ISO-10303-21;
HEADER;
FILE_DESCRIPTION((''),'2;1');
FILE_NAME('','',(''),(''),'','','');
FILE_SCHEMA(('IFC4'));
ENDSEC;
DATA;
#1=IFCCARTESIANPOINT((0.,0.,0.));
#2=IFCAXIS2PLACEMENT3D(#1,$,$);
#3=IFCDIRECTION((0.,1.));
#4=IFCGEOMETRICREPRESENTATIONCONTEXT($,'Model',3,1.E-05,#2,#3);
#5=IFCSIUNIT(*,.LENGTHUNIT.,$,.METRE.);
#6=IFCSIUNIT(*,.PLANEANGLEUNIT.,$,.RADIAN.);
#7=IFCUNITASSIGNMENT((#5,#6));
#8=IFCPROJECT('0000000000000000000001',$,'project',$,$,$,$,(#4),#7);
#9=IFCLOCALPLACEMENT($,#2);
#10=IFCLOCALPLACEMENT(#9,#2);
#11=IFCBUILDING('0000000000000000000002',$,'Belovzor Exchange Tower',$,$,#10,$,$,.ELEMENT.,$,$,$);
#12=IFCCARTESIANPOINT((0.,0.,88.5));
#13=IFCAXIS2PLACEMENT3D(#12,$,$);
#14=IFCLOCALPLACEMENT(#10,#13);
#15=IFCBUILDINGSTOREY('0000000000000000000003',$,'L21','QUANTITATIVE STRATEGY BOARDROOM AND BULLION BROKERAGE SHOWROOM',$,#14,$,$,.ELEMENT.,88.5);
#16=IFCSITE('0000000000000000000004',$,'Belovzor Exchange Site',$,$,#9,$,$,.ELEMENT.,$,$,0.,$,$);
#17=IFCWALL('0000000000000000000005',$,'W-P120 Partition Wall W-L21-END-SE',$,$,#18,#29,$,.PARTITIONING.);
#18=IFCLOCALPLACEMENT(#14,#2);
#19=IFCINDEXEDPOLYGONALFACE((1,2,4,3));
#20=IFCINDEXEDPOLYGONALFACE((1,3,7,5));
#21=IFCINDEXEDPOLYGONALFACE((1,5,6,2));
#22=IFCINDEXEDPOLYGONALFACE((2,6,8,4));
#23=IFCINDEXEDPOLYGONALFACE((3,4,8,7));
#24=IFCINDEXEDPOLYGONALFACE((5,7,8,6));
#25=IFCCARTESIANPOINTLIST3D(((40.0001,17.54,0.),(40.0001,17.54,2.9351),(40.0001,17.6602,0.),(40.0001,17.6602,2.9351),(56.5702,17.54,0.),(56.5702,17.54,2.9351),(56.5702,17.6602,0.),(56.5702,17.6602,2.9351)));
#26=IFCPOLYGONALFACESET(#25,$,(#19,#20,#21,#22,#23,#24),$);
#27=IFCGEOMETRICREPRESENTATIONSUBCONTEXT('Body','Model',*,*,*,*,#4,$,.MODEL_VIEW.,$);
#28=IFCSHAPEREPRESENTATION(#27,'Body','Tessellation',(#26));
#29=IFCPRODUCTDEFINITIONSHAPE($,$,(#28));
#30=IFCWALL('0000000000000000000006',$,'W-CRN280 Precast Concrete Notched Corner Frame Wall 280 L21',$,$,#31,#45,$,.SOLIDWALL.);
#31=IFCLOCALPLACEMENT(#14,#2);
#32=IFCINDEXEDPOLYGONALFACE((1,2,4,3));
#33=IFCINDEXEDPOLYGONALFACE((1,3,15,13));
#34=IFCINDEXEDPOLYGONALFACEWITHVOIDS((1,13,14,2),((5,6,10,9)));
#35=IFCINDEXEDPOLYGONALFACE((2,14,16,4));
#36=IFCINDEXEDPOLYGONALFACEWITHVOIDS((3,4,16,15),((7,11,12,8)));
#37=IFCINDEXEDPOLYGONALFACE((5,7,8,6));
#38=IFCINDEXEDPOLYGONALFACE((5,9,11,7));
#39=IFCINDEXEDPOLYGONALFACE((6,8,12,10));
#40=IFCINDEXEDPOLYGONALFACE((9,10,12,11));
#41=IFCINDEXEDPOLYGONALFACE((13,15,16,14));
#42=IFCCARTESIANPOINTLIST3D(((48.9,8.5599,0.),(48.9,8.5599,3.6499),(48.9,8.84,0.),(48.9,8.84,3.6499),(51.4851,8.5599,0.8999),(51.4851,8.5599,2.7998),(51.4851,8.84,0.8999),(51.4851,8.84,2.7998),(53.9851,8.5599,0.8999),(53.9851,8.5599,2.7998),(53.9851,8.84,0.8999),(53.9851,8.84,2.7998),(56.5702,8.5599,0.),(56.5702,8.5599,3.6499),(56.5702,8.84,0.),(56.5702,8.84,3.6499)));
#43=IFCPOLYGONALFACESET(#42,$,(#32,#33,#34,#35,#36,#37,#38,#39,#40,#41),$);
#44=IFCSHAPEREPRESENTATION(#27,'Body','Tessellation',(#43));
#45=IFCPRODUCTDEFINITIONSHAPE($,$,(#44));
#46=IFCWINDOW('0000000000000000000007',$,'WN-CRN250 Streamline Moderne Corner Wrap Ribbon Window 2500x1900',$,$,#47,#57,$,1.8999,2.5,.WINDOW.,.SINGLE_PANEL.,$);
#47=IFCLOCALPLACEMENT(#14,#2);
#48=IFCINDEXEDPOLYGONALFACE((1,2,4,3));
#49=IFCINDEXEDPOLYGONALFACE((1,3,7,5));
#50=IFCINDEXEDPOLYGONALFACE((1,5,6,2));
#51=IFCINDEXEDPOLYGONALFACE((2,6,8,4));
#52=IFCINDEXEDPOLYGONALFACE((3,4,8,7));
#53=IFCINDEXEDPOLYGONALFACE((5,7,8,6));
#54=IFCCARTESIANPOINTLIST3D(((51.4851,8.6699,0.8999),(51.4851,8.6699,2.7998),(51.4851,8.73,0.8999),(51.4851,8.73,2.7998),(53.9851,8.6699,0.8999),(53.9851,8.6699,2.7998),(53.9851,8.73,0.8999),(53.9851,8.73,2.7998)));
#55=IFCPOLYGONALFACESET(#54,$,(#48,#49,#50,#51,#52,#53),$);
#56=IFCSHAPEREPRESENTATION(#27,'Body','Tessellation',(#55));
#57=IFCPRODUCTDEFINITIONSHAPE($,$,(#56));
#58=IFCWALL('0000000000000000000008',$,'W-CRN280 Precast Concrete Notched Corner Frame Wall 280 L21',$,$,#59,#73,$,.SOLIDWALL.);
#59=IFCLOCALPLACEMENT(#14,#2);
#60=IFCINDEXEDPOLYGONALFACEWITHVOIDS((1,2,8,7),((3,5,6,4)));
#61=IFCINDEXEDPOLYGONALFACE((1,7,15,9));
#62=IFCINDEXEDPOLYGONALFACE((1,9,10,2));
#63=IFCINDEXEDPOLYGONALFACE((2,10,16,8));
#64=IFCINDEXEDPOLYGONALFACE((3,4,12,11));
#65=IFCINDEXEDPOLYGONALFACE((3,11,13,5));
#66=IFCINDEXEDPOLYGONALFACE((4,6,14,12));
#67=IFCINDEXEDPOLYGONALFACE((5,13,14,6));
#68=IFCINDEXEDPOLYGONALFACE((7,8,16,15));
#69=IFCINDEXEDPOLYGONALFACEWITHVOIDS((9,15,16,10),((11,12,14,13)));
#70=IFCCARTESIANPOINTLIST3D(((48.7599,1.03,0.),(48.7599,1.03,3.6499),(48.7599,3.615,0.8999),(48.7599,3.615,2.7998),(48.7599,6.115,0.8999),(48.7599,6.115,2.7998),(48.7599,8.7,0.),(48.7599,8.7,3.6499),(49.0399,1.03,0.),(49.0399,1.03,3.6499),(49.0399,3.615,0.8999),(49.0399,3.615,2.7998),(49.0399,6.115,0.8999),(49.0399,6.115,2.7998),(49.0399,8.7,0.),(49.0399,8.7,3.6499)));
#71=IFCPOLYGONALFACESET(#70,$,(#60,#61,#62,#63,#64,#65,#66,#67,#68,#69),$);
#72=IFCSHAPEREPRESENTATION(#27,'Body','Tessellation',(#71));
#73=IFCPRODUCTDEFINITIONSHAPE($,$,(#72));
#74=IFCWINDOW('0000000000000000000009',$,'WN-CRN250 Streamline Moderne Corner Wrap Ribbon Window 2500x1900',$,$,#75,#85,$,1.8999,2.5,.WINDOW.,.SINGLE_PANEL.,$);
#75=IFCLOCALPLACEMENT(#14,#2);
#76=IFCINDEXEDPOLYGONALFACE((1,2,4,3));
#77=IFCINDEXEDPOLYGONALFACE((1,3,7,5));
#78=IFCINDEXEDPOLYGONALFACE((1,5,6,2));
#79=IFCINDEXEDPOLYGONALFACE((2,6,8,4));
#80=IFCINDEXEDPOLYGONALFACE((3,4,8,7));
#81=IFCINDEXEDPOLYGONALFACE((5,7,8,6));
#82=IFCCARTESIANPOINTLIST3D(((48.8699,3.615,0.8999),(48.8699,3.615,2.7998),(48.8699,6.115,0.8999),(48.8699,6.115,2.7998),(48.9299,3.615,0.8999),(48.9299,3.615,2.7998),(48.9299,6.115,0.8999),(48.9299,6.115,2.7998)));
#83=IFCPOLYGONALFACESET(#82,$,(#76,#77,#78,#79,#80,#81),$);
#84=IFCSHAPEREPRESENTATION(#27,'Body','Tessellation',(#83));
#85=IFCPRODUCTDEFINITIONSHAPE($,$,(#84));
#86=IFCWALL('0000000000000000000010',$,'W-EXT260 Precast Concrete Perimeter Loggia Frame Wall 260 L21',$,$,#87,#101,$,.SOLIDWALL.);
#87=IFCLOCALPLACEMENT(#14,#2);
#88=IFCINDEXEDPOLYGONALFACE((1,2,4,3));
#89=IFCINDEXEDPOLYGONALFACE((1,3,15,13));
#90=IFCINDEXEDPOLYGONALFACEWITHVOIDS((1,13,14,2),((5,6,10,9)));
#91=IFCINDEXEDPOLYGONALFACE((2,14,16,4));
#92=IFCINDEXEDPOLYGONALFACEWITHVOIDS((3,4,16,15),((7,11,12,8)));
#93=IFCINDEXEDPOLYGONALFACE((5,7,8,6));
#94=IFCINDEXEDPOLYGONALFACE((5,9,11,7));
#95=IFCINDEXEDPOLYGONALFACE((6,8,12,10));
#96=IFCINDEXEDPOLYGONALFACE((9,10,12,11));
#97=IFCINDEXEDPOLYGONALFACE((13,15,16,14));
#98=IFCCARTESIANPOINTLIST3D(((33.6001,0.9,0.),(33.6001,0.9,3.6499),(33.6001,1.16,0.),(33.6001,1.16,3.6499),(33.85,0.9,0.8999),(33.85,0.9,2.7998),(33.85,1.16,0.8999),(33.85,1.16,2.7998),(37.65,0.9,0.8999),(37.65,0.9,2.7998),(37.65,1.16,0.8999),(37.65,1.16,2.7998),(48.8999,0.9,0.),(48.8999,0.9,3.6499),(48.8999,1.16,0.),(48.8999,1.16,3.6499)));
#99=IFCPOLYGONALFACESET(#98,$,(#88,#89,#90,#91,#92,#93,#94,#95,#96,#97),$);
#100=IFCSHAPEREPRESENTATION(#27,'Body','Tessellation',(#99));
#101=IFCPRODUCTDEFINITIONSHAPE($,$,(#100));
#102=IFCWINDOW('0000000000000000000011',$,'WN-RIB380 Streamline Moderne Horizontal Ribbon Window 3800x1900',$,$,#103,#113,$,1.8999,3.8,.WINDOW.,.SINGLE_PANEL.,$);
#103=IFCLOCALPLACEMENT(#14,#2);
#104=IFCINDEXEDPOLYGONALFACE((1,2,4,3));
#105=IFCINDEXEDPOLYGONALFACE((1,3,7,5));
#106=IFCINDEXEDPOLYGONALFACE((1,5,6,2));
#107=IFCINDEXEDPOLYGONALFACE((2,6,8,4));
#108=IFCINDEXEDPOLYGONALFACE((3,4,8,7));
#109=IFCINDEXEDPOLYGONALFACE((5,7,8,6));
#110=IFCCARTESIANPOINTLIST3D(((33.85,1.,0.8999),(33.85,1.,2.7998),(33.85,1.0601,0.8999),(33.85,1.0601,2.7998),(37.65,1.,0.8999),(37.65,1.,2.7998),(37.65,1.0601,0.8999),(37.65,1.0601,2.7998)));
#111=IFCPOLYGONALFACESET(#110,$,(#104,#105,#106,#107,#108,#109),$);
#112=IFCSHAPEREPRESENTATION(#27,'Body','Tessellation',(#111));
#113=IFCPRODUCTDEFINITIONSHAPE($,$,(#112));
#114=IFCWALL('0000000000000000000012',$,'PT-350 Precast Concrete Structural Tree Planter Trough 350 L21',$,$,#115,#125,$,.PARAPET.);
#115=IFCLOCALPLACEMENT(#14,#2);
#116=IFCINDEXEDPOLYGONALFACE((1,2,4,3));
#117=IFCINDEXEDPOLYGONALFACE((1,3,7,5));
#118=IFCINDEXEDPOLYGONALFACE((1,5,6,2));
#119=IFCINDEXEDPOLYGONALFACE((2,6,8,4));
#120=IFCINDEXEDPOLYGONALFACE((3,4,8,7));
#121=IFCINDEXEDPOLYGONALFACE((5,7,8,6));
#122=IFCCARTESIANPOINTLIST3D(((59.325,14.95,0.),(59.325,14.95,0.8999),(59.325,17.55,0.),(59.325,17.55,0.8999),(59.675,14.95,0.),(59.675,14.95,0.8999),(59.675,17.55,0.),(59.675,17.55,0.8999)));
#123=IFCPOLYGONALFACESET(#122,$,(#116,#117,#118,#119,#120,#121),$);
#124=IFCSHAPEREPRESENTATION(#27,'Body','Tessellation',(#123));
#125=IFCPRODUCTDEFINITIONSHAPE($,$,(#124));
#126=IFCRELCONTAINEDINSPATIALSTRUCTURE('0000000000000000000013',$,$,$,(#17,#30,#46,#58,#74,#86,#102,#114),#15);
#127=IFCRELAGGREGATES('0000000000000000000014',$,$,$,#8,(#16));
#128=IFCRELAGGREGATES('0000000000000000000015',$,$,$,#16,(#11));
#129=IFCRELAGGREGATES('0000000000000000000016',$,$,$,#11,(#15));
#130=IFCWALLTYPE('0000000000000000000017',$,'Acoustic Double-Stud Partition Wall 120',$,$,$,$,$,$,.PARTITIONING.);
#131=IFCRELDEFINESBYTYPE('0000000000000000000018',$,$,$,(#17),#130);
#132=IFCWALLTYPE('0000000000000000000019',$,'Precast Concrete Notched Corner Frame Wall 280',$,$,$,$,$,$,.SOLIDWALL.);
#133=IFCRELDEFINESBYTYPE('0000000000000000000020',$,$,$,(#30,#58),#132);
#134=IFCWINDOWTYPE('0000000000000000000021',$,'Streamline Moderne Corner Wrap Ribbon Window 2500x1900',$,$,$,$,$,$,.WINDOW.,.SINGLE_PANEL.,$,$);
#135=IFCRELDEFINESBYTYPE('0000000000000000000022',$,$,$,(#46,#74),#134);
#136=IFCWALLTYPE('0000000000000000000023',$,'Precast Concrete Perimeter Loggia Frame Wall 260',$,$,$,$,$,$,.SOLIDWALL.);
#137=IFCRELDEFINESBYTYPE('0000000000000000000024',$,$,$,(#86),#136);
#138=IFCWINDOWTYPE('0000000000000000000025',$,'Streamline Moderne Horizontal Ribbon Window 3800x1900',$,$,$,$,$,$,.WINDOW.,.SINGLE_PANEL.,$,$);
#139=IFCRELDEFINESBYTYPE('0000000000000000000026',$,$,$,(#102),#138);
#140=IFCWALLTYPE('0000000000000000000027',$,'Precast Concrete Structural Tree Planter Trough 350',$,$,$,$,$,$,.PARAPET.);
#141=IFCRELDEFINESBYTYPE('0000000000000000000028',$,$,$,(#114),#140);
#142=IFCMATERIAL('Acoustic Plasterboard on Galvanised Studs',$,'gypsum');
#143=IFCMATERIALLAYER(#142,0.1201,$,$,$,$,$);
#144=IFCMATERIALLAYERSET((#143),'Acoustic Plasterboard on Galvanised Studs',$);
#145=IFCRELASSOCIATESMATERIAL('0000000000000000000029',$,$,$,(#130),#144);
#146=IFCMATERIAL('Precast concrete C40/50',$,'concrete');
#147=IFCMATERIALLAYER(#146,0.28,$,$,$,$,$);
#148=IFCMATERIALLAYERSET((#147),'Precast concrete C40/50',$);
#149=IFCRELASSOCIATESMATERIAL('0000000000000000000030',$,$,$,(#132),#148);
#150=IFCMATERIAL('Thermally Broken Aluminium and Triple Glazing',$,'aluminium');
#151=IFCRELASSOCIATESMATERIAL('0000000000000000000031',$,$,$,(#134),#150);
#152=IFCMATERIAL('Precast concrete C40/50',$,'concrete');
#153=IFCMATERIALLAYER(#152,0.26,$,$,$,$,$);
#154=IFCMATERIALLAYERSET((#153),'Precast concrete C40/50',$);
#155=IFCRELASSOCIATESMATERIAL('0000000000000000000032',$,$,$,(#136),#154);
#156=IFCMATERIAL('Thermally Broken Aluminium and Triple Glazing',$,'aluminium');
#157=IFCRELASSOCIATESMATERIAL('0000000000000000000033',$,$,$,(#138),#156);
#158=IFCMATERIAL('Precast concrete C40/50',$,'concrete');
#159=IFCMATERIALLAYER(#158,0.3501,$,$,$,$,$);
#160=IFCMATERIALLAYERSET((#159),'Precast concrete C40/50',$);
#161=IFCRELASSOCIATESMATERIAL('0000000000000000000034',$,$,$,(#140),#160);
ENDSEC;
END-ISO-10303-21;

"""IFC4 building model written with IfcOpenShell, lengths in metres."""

from ifc_helpers import new_model, si_unit, direction, frame, frame_2d, origin, place, context, subcontext, project, spatial, rectangle, extrude, material, layer, layer_set, type_object, element, fill, save


model = new_model("IFC4")

# Units and contexts
model_context = context("Model", 3, precision=1e-05, world=origin(), true_north=direction((0.0, 1.0)))
body_context = subcontext(model_context, "Body", "Model", "MODEL_VIEW")
ifc_project = project(units=[si_unit("LENGTHUNIT", "METRE"), si_unit("PLANEANGLEUNIT", "RADIAN")], contexts=[model_context])

# Site, building, storey
site_placement = place(None, origin())
site = spatial("IfcSite", under=ifc_project, at=site_placement, Name="Belovzor Exchange Site", CompositionType="ELEMENT", RefElevation=0.0)
building_placement = place(site_placement, origin())
building = spatial("IfcBuilding", under=site, at=building_placement, Name="Belovzor Exchange Tower", CompositionType="ELEMENT")
storey_placement = place(building_placement, frame((0.0, 0.0, 88.5)))
storey = spatial("IfcBuildingStorey", under=building, at=storey_placement, Name="L21", Description="QUANTITATIVE STRATEGY BOARDROOM AND BULLION BROKERAGE SHOWROOM", CompositionType="ELEMENT", Elevation=88.5)

# Wall
ifc_material_1 = material(Name="Acoustic Plasterboard on Galvanised Studs", Category="gypsum")
ifc_layer_1 = layer(ifc_material_1, 0.1201)
ifc_layer_set_1 = layer_set([ifc_layer_1], Name="Acoustic Plasterboard on Galvanised Studs")
wall_type_1 = type_object("IfcWallType", Name="Acoustic Double-Stud Partition Wall 120", PredefinedType="PARTITIONING", material=ifc_layer_set_1)
wall_1_placement = place(storey_placement, frame((40.0, 17.6001, 0.0), z_axis=(0.0, 0.0, 1.0), x_axis=(1.0, 0.0, 0.0)))
element("IfcWall", 1, at=wall_1_placement, inside=storey, type_object=wall_type_1, Name="W-P120 Partition Wall W-L21-END-SE", PredefinedType="PARTITIONING", context=body_context, shape_type="SweptSolid", body=[
    extrude(rectangle(XDim=16.5701, YDim=0.1201, at=frame_2d((8.2852, 0.0))), origin(), (0.0, 0.0, 1.0), 2.9351),
])

# Walls, openings, windows
ifc_material_2 = material(Name="Precast concrete C40/50", Category="concrete")
ifc_layer_2 = layer(ifc_material_2, 0.28)
ifc_layer_set_2 = layer_set([ifc_layer_2], Name="Precast concrete C40/50")
wall_type_2 = type_object("IfcWallType", Name="Precast Concrete Notched Corner Frame Wall 280", PredefinedType="SOLIDWALL", material=ifc_layer_set_2)
wall_2_placement = place(storey_placement, frame((56.5701, 8.7, 0.0), z_axis=(0.0, 0.0, 1.0), x_axis=(-1.0, 0.0, 0.0)))
wall_2 = element("IfcWall", 2, at=wall_2_placement, inside=storey, type_object=wall_type_2, Name="W-CRN280 Precast Concrete Notched Corner Frame Wall 280 L21", PredefinedType="SOLIDWALL", context=body_context, shape_type="SweptSolid", body=[
    extrude(rectangle(XDim=7.6702, YDim=0.28, at=frame_2d((3.835, 0.0))), origin(), (0.0, 0.0, 1.0), 3.6499),
])
opening_1_placement = place(wall_2_placement, frame((2.585, 0.0, 0.8999)))
opening_1 = element("IfcOpeningElement", 3, at=opening_1_placement, cuts=wall_2, PredefinedType="OPENING", context=body_context, shape_type="SweptSolid", body=[
    extrude(rectangle(XDim=2.5, YDim=1.8999, at=frame_2d((1.25, 0.95))), frame((0.0, 0.1499, 0.0), z_axis=(0.0, -1.0, 0.0), x_axis=(1.0, 0.0, 0.0)), (0.0, 0.0, 1.0), 0.3),
])
ifc_material_3 = material(Name="Thermally Broken Aluminium and Triple Glazing", Category="aluminium")
window_type_1 = type_object("IfcWindowType", Name="Streamline Moderne Corner Wrap Ribbon Window 2500x1900", PartitioningType="SINGLE_PANEL", PredefinedType="WINDOW", material=ifc_material_3)
window_1_placement = place(opening_1_placement, origin())
window_1 = element("IfcWindow", 4, at=window_1_placement, inside=storey, type_object=window_type_1, Name="WN-CRN250 Streamline Moderne Corner Wrap Ribbon Window 2500x1900", OverallHeight=1.8999, OverallWidth=2.5, PartitioningType="SINGLE_PANEL", PredefinedType="WINDOW", context=body_context, shape_type="SweptSolid", body=[
    extrude(rectangle(XDim=2.5, YDim=1.8999, at=frame_2d((1.25, 0.95))), frame((0.0, 0.03, 0.0), z_axis=(0.0, -1.0, 0.0), x_axis=(1.0, 0.0, 0.0)), (0.0, 0.0, 1.0), 0.0601),
])
fill(opening_1, window_1)
wall_3_placement = place(storey_placement, frame((48.8999, 8.7, 0.0), z_axis=(0.0, 0.0, 1.0), x_axis=(0.0, -1.0, 0.0)))
wall_3 = element("IfcWall", 5, at=wall_3_placement, inside=storey, type_object=wall_type_2, Name="W-CRN280 Precast Concrete Notched Corner Frame Wall 280 L21", PredefinedType="SOLIDWALL", context=body_context, shape_type="SweptSolid", body=[
    extrude(rectangle(XDim=7.6699, YDim=0.28, at=frame_2d((3.835, 0.0))), origin(), (0.0, 0.0, 1.0), 3.6499),
])
opening_2_placement = place(wall_3_placement, frame((2.585, 0.0, 0.8999)))
opening_2 = element("IfcOpeningElement", 6, at=opening_2_placement, cuts=wall_3, PredefinedType="OPENING", context=body_context, shape_type="SweptSolid", body=[
    extrude(rectangle(XDim=2.5, YDim=1.8999, at=frame_2d((1.25, 0.95))), frame((0.0, 0.1499, 0.0), z_axis=(0.0, -1.0, 0.0), x_axis=(1.0, 0.0, 0.0)), (0.0, 0.0, 1.0), 0.3),
])
window_2_placement = place(opening_2_placement, origin())
window_2 = element("IfcWindow", 7, at=window_2_placement, inside=storey, type_object=window_type_1, Name="WN-CRN250 Streamline Moderne Corner Wrap Ribbon Window 2500x1900", OverallHeight=1.8999, OverallWidth=2.5, PartitioningType="SINGLE_PANEL", PredefinedType="WINDOW", context=body_context, shape_type="SweptSolid", body=[
    extrude(rectangle(XDim=2.5, YDim=1.8999, at=frame_2d((1.25, 0.95))), frame((0.0, 0.03, 0.0), z_axis=(0.0, -1.0, 0.0), x_axis=(1.0, 0.0, 0.0)), (0.0, 0.0, 1.0), 0.0601),
])
fill(opening_2, window_2)
ifc_material_4 = material(Name="Precast concrete C40/50", Category="concrete")
ifc_layer_3 = layer(ifc_material_4, 0.26)
ifc_layer_set_3 = layer_set([ifc_layer_3], Name="Precast concrete C40/50")
wall_type_3 = type_object("IfcWallType", Name="Precast Concrete Perimeter Loggia Frame Wall 260", PredefinedType="SOLIDWALL", material=ifc_layer_set_3)
wall_4_placement = place(storey_placement, frame((48.8999, 1.03, 0.0), z_axis=(0.0, 0.0, 1.0), x_axis=(-1.0, 0.0, 0.0)))
wall_4 = element("IfcWall", 8, at=wall_4_placement, inside=storey, type_object=wall_type_3, Name="W-EXT260 Precast Concrete Perimeter Loggia Frame Wall 260 L21", PredefinedType="SOLIDWALL", context=body_context, shape_type="SweptSolid", body=[
    extrude(rectangle(XDim=15.2998, YDim=0.26, at=frame_2d((7.6499, 0.0))), origin(), (0.0, 0.0, 1.0), 3.6499),
])
opening_3_placement = place(wall_4_placement, frame((11.25, 0.0, 0.8999)))
opening_3 = element("IfcOpeningElement", 9, at=opening_3_placement, cuts=wall_4, PredefinedType="OPENING", context=body_context, shape_type="SweptSolid", body=[
    extrude(rectangle(XDim=3.8, YDim=1.8999, at=frame_2d((1.8999, 0.95))), frame((0.0, 0.1399, 0.0), z_axis=(0.0, -1.0, 0.0), x_axis=(1.0, 0.0, 0.0)), (0.0, 0.0, 1.0), 0.28),
])
ifc_material_5 = material(Name="Thermally Broken Aluminium and Triple Glazing", Category="aluminium")
window_type_2 = type_object("IfcWindowType", Name="Streamline Moderne Horizontal Ribbon Window 3800x1900", PartitioningType="SINGLE_PANEL", PredefinedType="WINDOW", material=ifc_material_5)
window_3_placement = place(opening_3_placement, origin())
window_3 = element("IfcWindow", 10, at=window_3_placement, inside=storey, type_object=window_type_2, Name="WN-RIB380 Streamline Moderne Horizontal Ribbon Window 3800x1900", OverallHeight=1.8999, OverallWidth=3.8, PartitioningType="SINGLE_PANEL", PredefinedType="WINDOW", context=body_context, shape_type="SweptSolid", body=[
    extrude(rectangle(XDim=3.8, YDim=1.8999, at=frame_2d((1.8999, 0.95))), frame((0.0, 0.03, 0.0), z_axis=(0.0, -1.0, 0.0), x_axis=(1.0, 0.0, 0.0)), (0.0, 0.0, 1.0), 0.0601),
])
fill(opening_3, window_3)

# Wall
ifc_material_6 = material(Name="Precast concrete C40/50", Category="concrete")
ifc_layer_4 = layer(ifc_material_6, 0.3501)
ifc_layer_set_4 = layer_set([ifc_layer_4], Name="Precast concrete C40/50")
wall_type_4 = type_object("IfcWallType", Name="Precast Concrete Structural Tree Planter Trough 350", PredefinedType="PARAPET", material=ifc_layer_set_4)
wall_5_placement = place(storey_placement, frame((59.5, 14.95, 0.0), z_axis=(0.0, 0.0, 1.0), x_axis=(0.0, 1.0, 0.0)))
element("IfcWall", 11, at=wall_5_placement, inside=storey, type_object=wall_type_4, Name="PT-350 Precast Concrete Structural Tree Planter Trough 350 L21", PredefinedType="PARAPET", context=body_context, shape_type="SweptSolid", body=[
    extrude(rectangle(XDim=2.6001, YDim=0.3501, at=frame_2d((1.3, 0.0))), origin(), (0.0, 0.0, 1.0), 0.8999),
])

save(model, "model.ifc")
